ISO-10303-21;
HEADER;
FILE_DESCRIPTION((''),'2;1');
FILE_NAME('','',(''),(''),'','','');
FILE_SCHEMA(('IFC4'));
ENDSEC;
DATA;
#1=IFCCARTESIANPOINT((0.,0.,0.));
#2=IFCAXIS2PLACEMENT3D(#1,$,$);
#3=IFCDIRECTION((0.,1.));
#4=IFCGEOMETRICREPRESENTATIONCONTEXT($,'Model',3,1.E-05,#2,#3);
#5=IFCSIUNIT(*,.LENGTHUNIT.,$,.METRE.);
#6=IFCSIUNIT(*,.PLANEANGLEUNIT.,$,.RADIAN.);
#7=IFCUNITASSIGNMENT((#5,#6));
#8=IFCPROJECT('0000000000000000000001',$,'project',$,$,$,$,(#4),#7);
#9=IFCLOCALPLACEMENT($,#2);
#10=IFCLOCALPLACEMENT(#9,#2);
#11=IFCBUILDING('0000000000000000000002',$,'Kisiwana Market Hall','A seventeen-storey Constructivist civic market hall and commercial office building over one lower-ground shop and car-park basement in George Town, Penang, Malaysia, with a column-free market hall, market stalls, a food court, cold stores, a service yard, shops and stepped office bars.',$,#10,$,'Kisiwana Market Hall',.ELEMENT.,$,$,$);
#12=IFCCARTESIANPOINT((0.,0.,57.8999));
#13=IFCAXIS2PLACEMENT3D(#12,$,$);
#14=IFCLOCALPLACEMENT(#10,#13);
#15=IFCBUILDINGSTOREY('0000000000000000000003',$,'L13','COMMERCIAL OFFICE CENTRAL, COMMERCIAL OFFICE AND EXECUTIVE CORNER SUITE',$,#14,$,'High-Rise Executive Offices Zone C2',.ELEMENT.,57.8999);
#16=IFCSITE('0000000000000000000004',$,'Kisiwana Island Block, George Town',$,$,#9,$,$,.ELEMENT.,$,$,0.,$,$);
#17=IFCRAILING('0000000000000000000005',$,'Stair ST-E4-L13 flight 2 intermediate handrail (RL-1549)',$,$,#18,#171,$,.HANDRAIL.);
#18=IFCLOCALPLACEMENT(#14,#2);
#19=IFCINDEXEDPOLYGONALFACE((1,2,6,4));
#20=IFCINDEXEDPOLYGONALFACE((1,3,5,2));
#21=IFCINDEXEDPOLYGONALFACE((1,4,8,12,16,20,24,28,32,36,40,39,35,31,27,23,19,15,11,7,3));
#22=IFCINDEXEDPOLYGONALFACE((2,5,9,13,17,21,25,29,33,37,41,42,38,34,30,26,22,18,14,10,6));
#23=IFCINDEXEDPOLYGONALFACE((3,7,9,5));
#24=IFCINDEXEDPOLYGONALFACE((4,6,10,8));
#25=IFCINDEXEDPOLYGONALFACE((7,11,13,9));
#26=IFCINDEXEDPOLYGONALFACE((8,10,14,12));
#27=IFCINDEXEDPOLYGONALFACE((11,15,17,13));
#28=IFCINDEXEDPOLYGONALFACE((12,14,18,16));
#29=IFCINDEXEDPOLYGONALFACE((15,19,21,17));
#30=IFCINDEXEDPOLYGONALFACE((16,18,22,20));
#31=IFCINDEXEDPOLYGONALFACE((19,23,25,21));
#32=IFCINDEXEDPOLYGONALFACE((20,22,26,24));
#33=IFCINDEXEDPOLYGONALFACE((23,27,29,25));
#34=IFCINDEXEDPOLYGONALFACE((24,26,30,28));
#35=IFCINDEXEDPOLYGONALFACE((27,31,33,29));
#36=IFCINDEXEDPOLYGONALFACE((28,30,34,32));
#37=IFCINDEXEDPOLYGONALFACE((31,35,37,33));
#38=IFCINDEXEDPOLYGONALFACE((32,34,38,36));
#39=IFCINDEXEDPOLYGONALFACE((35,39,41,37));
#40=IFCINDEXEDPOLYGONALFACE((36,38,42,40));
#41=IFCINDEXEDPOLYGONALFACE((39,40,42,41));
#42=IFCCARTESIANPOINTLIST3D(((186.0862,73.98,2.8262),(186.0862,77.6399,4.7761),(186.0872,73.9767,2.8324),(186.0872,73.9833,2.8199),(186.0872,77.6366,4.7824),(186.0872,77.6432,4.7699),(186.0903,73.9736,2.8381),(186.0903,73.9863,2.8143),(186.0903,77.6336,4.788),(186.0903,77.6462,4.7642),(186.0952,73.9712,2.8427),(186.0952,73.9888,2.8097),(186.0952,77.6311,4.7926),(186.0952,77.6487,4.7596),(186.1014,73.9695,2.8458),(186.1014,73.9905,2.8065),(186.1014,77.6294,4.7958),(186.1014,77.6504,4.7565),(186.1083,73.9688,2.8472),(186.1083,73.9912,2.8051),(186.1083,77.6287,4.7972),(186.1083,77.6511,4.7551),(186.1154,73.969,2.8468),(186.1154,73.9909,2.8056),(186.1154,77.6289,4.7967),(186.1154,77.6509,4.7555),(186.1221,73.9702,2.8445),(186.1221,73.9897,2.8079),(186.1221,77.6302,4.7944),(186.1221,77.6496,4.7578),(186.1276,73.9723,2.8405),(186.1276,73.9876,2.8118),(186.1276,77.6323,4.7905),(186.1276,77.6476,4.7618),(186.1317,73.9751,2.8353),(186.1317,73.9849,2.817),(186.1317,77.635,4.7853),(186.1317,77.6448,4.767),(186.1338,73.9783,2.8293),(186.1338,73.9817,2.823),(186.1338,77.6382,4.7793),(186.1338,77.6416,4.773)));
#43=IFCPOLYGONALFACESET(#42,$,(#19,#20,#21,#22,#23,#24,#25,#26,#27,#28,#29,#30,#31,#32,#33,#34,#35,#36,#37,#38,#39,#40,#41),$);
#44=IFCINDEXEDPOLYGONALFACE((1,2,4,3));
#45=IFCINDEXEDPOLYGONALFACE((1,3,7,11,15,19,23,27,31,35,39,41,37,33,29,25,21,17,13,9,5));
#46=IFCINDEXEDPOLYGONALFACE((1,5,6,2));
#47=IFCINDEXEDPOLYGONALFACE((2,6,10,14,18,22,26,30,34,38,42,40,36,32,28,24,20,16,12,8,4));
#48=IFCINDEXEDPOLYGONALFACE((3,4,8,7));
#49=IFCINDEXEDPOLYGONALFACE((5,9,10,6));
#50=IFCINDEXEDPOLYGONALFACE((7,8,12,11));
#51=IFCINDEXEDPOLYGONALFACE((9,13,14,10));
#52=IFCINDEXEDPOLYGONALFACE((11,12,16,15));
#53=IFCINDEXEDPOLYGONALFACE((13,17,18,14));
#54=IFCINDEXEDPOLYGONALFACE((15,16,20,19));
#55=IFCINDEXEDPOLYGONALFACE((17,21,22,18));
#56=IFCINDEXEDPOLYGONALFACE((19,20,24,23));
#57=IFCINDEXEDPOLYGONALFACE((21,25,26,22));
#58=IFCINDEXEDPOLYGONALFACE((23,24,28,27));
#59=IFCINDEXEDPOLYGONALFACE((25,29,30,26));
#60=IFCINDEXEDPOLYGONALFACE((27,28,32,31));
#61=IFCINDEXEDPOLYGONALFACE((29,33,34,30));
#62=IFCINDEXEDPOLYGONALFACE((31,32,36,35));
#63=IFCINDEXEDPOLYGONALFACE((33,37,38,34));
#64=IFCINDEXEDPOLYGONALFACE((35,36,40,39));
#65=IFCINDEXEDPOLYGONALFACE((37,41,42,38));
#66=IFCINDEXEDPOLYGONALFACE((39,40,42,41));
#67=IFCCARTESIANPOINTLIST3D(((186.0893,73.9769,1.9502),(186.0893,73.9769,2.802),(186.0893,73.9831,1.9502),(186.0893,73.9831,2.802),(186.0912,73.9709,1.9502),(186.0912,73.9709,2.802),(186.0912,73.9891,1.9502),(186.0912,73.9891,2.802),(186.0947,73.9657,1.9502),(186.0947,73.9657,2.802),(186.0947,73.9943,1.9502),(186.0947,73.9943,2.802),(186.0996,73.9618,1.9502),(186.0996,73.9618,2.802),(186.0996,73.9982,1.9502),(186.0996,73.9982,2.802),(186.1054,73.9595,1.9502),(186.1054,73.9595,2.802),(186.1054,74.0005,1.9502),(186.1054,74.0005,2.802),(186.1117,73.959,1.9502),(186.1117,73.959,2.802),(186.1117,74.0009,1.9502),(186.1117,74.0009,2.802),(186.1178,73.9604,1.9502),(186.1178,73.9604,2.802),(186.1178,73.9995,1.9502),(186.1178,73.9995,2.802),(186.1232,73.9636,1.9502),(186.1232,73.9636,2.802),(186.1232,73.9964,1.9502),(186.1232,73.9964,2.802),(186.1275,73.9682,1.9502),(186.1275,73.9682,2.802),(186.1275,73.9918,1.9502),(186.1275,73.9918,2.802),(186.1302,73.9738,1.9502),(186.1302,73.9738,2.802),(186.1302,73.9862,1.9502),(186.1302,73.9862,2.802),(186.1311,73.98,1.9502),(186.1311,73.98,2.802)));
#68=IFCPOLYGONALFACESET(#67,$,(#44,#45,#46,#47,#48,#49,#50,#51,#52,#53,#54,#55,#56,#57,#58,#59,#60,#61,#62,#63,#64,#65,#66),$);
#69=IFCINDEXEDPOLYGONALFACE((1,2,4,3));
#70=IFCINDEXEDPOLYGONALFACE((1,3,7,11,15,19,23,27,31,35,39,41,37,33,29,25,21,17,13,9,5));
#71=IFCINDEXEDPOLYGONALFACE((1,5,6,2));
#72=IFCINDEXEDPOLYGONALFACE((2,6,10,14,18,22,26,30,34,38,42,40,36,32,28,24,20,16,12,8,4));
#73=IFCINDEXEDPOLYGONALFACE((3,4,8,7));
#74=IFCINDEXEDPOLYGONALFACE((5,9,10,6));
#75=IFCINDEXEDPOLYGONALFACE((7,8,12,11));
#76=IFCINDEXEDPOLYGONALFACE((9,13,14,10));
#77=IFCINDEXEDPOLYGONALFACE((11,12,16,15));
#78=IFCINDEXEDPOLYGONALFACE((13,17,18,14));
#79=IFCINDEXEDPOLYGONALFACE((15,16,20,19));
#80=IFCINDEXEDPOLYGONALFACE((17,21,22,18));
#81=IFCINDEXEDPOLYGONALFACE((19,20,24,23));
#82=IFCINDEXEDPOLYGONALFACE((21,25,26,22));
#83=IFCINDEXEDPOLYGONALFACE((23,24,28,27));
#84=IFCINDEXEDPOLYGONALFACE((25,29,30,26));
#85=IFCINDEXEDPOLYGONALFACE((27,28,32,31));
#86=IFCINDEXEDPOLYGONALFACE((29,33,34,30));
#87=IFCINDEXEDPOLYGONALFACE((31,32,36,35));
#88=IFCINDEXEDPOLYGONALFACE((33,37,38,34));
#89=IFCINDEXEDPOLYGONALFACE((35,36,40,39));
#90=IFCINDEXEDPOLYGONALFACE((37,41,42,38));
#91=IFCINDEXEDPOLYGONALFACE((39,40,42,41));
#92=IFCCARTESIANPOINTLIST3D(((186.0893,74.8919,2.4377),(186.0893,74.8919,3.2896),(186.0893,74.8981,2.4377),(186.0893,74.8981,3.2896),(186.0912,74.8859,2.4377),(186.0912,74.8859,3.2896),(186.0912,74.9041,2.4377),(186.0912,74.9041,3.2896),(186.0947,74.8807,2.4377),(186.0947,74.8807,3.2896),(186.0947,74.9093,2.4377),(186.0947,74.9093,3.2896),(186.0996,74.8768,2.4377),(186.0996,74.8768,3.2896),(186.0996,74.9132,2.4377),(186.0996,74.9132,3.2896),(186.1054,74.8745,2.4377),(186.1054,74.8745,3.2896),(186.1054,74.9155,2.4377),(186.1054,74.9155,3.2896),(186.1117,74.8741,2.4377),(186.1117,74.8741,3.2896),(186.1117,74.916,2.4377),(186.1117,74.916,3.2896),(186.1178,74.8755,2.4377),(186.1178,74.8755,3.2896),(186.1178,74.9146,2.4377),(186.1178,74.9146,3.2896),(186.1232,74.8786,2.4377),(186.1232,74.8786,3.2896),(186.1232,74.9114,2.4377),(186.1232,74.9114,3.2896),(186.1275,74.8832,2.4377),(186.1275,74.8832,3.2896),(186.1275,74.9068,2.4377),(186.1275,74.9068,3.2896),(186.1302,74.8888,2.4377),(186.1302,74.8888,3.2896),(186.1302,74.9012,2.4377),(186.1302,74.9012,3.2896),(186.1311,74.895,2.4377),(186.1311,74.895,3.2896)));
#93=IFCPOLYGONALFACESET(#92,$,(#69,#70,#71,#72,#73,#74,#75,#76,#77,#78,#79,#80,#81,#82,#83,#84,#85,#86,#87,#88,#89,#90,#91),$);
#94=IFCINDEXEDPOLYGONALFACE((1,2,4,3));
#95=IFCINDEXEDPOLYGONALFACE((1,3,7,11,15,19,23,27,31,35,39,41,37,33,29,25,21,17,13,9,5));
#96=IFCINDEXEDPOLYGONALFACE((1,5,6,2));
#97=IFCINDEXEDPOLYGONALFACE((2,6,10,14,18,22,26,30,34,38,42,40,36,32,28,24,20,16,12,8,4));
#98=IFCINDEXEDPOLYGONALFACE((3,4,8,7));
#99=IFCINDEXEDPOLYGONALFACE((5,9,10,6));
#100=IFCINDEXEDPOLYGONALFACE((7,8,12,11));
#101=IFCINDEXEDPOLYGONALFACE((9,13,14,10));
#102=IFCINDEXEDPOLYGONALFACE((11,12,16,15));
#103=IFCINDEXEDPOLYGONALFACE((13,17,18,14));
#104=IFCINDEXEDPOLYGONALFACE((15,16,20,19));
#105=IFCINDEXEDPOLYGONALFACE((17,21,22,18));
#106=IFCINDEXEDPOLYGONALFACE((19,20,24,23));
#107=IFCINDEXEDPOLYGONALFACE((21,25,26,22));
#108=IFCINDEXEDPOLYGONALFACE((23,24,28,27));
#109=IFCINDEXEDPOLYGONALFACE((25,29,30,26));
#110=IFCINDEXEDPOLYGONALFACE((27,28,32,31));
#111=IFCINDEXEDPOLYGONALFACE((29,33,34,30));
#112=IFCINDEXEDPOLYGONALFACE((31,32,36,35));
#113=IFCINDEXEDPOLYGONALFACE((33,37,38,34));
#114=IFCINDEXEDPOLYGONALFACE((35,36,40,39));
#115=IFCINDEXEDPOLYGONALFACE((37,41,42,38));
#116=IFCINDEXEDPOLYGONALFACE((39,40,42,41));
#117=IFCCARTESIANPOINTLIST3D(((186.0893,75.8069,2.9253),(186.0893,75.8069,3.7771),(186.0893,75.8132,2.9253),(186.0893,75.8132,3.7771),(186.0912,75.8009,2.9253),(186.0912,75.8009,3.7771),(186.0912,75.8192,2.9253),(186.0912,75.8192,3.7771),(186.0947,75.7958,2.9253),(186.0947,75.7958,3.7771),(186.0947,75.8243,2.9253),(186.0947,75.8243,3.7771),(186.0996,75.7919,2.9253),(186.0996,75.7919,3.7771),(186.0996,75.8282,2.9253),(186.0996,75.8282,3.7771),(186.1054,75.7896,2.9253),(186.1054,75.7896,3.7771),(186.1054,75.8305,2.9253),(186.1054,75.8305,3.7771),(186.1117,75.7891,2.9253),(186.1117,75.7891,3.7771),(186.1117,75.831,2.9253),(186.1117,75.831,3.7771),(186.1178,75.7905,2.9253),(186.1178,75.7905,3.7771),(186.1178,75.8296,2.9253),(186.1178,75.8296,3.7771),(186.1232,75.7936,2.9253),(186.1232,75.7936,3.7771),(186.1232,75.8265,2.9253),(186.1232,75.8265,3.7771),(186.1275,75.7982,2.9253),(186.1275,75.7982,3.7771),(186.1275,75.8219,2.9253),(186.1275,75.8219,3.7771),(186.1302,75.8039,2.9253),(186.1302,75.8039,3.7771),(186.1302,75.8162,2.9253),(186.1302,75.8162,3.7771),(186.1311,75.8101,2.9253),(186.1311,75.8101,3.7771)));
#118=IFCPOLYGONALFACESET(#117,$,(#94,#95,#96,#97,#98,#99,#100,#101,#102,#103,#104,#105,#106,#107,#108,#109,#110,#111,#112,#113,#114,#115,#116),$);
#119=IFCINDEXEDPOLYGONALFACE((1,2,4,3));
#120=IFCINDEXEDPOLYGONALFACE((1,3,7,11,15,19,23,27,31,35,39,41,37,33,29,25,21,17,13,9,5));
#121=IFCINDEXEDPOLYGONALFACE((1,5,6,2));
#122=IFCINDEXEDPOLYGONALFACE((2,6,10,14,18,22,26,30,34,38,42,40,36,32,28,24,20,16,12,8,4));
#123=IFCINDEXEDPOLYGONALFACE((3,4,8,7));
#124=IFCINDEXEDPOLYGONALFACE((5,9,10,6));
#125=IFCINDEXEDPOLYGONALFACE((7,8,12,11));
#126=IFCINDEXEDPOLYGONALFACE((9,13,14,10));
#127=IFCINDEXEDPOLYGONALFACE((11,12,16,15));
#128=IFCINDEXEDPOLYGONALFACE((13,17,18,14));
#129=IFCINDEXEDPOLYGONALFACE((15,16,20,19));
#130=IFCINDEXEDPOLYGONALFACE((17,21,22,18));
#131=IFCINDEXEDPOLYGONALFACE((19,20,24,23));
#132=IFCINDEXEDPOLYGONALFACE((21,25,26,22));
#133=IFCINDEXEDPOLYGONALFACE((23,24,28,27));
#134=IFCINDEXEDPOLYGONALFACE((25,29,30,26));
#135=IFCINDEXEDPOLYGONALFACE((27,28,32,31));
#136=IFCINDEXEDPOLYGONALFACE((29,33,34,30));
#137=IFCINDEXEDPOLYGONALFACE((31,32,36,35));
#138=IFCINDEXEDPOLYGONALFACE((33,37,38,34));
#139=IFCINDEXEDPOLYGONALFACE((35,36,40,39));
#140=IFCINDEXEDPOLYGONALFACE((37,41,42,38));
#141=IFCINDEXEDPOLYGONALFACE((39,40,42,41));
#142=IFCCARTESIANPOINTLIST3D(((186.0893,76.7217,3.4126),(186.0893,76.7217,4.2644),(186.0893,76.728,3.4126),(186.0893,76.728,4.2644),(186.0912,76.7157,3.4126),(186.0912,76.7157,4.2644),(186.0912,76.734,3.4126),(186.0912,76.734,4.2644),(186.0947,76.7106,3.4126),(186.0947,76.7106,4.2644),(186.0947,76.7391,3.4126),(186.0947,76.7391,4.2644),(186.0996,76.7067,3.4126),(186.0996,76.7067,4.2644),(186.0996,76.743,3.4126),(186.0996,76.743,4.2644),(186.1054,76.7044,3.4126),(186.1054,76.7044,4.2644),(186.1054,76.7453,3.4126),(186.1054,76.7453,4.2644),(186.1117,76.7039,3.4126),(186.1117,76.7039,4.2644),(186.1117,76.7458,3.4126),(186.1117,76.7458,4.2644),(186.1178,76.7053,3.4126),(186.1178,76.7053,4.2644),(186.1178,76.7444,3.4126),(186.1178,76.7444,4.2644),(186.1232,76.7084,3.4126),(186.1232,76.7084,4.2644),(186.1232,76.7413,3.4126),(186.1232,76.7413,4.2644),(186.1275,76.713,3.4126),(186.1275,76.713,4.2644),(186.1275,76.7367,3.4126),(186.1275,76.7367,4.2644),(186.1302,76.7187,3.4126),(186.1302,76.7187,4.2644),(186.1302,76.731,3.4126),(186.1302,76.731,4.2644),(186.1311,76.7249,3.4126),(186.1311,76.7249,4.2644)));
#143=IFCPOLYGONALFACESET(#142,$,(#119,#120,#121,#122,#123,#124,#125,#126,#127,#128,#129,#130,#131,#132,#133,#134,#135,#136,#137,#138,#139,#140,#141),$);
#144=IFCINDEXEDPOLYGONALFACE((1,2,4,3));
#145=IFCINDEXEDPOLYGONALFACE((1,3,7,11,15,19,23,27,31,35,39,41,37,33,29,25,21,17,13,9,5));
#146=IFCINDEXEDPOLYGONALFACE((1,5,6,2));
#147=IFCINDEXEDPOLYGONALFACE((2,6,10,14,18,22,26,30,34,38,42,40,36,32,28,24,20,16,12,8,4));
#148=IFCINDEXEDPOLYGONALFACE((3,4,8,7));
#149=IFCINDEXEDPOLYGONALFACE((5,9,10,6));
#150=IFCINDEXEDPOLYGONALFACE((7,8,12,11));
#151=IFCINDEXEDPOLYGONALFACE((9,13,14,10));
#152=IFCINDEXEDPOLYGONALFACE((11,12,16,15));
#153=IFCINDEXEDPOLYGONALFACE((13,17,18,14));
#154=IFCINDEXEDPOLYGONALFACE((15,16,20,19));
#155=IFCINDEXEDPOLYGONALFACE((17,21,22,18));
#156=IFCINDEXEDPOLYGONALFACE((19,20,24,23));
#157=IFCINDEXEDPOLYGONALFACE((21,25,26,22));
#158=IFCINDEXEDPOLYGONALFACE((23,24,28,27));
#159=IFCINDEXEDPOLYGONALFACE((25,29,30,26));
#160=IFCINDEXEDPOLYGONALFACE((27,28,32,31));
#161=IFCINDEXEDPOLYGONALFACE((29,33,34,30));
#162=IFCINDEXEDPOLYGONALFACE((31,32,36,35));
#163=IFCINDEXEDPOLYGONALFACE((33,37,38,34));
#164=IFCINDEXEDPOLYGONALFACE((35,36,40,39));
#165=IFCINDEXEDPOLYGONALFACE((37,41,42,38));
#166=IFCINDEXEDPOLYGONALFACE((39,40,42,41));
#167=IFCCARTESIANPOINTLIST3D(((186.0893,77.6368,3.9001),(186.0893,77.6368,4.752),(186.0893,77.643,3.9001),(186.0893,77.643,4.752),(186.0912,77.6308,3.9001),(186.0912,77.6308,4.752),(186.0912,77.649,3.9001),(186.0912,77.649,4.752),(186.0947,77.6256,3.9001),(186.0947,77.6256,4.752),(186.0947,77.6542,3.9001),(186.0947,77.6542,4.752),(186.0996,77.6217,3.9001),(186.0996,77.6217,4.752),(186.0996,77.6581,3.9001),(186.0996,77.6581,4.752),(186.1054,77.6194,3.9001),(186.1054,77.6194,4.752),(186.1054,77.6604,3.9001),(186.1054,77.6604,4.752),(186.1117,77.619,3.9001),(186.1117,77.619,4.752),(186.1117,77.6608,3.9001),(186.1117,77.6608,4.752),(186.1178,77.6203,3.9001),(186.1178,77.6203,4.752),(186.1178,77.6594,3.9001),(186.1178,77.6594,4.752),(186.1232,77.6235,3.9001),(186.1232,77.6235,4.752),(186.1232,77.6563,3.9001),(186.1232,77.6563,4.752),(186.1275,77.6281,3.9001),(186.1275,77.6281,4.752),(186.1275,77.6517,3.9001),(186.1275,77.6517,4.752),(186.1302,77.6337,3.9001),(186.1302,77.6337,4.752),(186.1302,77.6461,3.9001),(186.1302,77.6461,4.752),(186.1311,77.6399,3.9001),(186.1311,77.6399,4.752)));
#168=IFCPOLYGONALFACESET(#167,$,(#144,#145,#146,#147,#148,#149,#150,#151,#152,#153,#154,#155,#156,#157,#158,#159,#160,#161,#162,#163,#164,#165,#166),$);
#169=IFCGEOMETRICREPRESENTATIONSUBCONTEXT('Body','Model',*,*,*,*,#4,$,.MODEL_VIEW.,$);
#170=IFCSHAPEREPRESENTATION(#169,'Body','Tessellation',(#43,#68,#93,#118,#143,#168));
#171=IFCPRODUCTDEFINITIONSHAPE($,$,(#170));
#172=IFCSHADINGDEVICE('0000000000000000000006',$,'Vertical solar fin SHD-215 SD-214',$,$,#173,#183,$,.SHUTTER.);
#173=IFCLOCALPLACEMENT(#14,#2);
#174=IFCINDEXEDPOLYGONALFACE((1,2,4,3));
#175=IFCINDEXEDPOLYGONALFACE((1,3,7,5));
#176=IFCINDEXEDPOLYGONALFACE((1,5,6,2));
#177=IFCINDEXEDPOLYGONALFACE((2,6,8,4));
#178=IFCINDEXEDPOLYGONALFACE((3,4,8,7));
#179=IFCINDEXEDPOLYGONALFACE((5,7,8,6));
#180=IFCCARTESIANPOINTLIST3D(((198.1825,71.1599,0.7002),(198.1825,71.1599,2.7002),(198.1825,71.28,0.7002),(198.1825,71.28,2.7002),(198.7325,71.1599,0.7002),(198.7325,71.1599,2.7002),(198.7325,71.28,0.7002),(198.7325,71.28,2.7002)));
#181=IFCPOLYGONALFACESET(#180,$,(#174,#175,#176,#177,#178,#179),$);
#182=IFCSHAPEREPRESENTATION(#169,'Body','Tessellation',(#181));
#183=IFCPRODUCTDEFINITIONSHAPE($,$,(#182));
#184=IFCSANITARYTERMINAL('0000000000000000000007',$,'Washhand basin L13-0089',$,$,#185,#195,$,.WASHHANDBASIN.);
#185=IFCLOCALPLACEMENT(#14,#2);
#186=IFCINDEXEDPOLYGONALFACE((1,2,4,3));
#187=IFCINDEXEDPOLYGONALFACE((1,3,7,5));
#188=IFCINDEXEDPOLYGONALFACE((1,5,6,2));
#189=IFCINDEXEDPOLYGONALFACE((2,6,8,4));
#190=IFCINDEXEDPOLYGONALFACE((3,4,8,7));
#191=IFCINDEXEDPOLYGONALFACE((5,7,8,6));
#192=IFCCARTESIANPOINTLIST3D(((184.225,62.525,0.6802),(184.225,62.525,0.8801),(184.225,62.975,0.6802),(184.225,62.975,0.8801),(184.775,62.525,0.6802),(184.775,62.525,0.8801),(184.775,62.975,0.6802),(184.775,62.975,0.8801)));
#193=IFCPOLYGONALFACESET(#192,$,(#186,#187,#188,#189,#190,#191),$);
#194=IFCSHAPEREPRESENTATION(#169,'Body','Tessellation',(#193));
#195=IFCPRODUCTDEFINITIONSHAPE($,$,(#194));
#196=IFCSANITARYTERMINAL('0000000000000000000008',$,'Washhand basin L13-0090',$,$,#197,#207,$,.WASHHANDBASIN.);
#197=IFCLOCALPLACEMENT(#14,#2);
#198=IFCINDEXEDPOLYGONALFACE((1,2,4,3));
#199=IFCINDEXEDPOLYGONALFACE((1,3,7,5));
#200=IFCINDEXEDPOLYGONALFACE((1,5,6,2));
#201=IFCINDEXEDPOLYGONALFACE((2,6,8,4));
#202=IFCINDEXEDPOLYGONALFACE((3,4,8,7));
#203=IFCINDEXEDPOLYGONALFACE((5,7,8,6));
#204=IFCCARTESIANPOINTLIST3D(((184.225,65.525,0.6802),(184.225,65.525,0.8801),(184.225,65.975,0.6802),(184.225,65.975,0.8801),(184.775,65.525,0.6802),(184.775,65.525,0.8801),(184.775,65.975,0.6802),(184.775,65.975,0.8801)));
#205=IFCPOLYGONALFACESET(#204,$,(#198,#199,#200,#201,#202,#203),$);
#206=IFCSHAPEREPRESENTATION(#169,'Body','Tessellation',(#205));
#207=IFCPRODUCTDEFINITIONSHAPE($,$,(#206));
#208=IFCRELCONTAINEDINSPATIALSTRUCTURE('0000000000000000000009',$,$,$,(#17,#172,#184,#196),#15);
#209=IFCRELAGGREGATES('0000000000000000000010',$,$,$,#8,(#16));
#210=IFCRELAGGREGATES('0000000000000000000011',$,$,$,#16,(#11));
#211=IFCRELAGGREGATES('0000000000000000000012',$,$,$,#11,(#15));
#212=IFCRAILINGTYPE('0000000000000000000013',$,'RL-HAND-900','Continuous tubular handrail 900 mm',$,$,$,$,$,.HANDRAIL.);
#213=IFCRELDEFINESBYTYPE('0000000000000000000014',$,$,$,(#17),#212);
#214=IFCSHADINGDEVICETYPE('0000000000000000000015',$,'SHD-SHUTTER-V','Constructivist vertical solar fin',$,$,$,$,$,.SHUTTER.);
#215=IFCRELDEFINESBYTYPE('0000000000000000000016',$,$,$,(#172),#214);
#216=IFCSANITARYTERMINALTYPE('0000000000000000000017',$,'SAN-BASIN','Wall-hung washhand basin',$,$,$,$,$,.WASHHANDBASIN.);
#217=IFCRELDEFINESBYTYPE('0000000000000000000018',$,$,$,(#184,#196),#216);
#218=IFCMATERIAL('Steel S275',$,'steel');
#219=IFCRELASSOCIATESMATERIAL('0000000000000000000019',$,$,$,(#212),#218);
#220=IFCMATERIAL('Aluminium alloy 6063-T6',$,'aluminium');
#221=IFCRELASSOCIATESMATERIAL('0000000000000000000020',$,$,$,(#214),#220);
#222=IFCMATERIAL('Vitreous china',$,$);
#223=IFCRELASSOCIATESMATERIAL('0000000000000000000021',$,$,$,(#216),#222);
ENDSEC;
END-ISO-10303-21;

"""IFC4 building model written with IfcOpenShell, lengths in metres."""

from ifc_helpers import new_model, si_unit, direction, frame, origin, origin_2d, place, context, subcontext, project, spatial, rectangle, circle, extrude, material, type_object, element, save


model = new_model("IFC4")

# Units and contexts
model_context = context("Model", 3, precision=1e-05, world=origin(), true_north=direction((0.0, 1.0)))
body_context = subcontext(model_context, "Body", "Model", "MODEL_VIEW")
ifc_project = project(units=[si_unit("LENGTHUNIT", "METRE"), si_unit("PLANEANGLEUNIT", "RADIAN")], contexts=[model_context])

# Site, building, storey
site_placement = place(None, origin())
site = spatial("IfcSite", under=ifc_project, at=site_placement, Name="Kisiwana Island Block, George Town", CompositionType="ELEMENT", RefElevation=0.0)
building_placement = place(site_placement, origin())
building = spatial("IfcBuilding", under=site, at=building_placement, Name="Kisiwana Market Hall", Description="A seventeen-storey Constructivist civic market hall and commercial office building over one lower-ground shop and car-park basement in George Town, Penang, Malaysia, with a column-free market hall, market stalls, a food court, cold stores, a service yard, shops and stepped office bars.", LongName="Kisiwana Market Hall", CompositionType="ELEMENT")
storey_placement = place(building_placement, frame((0.0, 0.0, 57.8999)))
storey = spatial("IfcBuildingStorey", under=building, at=storey_placement, Name="L13", Description="COMMERCIAL OFFICE CENTRAL, COMMERCIAL OFFICE AND EXECUTIVE CORNER SUITE", LongName="High-Rise Executive Offices Zone C2", CompositionType="ELEMENT", Elevation=57.8999)

# Railing
ifc_material_1 = material(Name="Steel S275", Category="steel")
railing_type_1 = type_object("IfcRailingType", Name="RL-HAND-900", Description="Continuous tubular handrail 900 mm", PredefinedType="HANDRAIL", material=ifc_material_1)
railing_1_placement = place(storey_placement, frame((186.1101, 73.98, 1.9502)))
element("IfcRailing", 1, at=railing_1_placement, inside=storey, type_object=railing_type_1, Name="Stair ST-E4-L13 flight 2 intermediate handrail (RL-1549)", PredefinedType="HANDRAIL", context=body_context, shape_type="SweptSolid", body=[
    extrude(circle(Radius=0.0239, at=origin_2d()), frame((0.0, 0.0, 0.876), z_axis=(0.0, 0.882553, 0.470212), x_axis=(-1.0, 0.0, 0.0)), (0.0, 0.0, 1.0), 4.147),
    extrude(circle(Radius=0.021, at=origin_2d()), origin(), (0.0, 0.0, 1.0), 0.8518),
    extrude(circle(Radius=0.021, at=origin_2d()), frame((0.0, 0.915, 0.4875)), (0.0, 0.0, 1.0), 0.8518),
    extrude(circle(Radius=0.021, at=origin_2d()), frame((0.0, 1.8301, 0.9751)), (0.0, 0.0, 1.0), 0.8518),
    extrude(circle(Radius=0.021, at=origin_2d()), frame((0.0, 2.7449, 1.4624)), (0.0, 0.0, 1.0), 0.8518),
    extrude(circle(Radius=0.021, at=origin_2d()), frame((0.0, 3.6599, 1.95)), (0.0, 0.0, 1.0), 0.8518),
])

# Shading device
ifc_material_2 = material(Name="Aluminium alloy 6063-T6", Category="aluminium")
shading_device_type = type_object("IfcShadingDeviceType", Name="SHD-SHUTTER-V", Description="Constructivist vertical solar fin", PredefinedType="SHUTTER", material=ifc_material_2)
shading_device_placement = place(storey_placement, frame((198.4575, 71.22, 0.7002), z_axis=(0.0, 0.0, 1.0), x_axis=(0.0, 1.0, 0.0)))
element("IfcShadingDevice", 2, at=shading_device_placement, inside=storey, type_object=shading_device_type, Name="Vertical solar fin SHD-215 SD-214", PredefinedType="SHUTTER", context=body_context, shape_type="SweptSolid", body=[
    extrude(rectangle(XDim=0.1201, YDim=0.55, at=origin_2d()), origin(), (0.0, 0.0, 1.0), 2.0),
])

# Sanitary terminals
ifc_material_3 = material(Name="Vitreous china")
sanitary_terminal_type_1 = type_object("IfcSanitaryTerminalType", Name="SAN-BASIN", Description="Wall-hung washhand basin", PredefinedType="WASHHANDBASIN", material=ifc_material_3)
for number, where, z_axis, x_axis, name in (
    (3, (184.5, 62.75, 0.6802), (0.0, 0.0, 1.0), (1.0, 0.0, 0.0), "Washhand basin L13-0089"),
    (4, (184.5, 65.75, 0.6802), (0.0, 0.0, 1.0), (1.0, 0.0, 0.0), "Washhand basin L13-0090"),
):
    element("IfcSanitaryTerminal", number, at=place(storey_placement, frame(where, z_axis=z_axis, x_axis=x_axis)), inside=storey, type_object=sanitary_terminal_type_1, Name=name, PredefinedType="WASHHANDBASIN", context=body_context, shape_type="SweptSolid", body=[
        extrude(rectangle(XDim=0.55, YDim=0.45, at=origin_2d()), origin(), (0.0, 0.0, 1.0), 0.2),
    ])

save(model, "model.ifc")
